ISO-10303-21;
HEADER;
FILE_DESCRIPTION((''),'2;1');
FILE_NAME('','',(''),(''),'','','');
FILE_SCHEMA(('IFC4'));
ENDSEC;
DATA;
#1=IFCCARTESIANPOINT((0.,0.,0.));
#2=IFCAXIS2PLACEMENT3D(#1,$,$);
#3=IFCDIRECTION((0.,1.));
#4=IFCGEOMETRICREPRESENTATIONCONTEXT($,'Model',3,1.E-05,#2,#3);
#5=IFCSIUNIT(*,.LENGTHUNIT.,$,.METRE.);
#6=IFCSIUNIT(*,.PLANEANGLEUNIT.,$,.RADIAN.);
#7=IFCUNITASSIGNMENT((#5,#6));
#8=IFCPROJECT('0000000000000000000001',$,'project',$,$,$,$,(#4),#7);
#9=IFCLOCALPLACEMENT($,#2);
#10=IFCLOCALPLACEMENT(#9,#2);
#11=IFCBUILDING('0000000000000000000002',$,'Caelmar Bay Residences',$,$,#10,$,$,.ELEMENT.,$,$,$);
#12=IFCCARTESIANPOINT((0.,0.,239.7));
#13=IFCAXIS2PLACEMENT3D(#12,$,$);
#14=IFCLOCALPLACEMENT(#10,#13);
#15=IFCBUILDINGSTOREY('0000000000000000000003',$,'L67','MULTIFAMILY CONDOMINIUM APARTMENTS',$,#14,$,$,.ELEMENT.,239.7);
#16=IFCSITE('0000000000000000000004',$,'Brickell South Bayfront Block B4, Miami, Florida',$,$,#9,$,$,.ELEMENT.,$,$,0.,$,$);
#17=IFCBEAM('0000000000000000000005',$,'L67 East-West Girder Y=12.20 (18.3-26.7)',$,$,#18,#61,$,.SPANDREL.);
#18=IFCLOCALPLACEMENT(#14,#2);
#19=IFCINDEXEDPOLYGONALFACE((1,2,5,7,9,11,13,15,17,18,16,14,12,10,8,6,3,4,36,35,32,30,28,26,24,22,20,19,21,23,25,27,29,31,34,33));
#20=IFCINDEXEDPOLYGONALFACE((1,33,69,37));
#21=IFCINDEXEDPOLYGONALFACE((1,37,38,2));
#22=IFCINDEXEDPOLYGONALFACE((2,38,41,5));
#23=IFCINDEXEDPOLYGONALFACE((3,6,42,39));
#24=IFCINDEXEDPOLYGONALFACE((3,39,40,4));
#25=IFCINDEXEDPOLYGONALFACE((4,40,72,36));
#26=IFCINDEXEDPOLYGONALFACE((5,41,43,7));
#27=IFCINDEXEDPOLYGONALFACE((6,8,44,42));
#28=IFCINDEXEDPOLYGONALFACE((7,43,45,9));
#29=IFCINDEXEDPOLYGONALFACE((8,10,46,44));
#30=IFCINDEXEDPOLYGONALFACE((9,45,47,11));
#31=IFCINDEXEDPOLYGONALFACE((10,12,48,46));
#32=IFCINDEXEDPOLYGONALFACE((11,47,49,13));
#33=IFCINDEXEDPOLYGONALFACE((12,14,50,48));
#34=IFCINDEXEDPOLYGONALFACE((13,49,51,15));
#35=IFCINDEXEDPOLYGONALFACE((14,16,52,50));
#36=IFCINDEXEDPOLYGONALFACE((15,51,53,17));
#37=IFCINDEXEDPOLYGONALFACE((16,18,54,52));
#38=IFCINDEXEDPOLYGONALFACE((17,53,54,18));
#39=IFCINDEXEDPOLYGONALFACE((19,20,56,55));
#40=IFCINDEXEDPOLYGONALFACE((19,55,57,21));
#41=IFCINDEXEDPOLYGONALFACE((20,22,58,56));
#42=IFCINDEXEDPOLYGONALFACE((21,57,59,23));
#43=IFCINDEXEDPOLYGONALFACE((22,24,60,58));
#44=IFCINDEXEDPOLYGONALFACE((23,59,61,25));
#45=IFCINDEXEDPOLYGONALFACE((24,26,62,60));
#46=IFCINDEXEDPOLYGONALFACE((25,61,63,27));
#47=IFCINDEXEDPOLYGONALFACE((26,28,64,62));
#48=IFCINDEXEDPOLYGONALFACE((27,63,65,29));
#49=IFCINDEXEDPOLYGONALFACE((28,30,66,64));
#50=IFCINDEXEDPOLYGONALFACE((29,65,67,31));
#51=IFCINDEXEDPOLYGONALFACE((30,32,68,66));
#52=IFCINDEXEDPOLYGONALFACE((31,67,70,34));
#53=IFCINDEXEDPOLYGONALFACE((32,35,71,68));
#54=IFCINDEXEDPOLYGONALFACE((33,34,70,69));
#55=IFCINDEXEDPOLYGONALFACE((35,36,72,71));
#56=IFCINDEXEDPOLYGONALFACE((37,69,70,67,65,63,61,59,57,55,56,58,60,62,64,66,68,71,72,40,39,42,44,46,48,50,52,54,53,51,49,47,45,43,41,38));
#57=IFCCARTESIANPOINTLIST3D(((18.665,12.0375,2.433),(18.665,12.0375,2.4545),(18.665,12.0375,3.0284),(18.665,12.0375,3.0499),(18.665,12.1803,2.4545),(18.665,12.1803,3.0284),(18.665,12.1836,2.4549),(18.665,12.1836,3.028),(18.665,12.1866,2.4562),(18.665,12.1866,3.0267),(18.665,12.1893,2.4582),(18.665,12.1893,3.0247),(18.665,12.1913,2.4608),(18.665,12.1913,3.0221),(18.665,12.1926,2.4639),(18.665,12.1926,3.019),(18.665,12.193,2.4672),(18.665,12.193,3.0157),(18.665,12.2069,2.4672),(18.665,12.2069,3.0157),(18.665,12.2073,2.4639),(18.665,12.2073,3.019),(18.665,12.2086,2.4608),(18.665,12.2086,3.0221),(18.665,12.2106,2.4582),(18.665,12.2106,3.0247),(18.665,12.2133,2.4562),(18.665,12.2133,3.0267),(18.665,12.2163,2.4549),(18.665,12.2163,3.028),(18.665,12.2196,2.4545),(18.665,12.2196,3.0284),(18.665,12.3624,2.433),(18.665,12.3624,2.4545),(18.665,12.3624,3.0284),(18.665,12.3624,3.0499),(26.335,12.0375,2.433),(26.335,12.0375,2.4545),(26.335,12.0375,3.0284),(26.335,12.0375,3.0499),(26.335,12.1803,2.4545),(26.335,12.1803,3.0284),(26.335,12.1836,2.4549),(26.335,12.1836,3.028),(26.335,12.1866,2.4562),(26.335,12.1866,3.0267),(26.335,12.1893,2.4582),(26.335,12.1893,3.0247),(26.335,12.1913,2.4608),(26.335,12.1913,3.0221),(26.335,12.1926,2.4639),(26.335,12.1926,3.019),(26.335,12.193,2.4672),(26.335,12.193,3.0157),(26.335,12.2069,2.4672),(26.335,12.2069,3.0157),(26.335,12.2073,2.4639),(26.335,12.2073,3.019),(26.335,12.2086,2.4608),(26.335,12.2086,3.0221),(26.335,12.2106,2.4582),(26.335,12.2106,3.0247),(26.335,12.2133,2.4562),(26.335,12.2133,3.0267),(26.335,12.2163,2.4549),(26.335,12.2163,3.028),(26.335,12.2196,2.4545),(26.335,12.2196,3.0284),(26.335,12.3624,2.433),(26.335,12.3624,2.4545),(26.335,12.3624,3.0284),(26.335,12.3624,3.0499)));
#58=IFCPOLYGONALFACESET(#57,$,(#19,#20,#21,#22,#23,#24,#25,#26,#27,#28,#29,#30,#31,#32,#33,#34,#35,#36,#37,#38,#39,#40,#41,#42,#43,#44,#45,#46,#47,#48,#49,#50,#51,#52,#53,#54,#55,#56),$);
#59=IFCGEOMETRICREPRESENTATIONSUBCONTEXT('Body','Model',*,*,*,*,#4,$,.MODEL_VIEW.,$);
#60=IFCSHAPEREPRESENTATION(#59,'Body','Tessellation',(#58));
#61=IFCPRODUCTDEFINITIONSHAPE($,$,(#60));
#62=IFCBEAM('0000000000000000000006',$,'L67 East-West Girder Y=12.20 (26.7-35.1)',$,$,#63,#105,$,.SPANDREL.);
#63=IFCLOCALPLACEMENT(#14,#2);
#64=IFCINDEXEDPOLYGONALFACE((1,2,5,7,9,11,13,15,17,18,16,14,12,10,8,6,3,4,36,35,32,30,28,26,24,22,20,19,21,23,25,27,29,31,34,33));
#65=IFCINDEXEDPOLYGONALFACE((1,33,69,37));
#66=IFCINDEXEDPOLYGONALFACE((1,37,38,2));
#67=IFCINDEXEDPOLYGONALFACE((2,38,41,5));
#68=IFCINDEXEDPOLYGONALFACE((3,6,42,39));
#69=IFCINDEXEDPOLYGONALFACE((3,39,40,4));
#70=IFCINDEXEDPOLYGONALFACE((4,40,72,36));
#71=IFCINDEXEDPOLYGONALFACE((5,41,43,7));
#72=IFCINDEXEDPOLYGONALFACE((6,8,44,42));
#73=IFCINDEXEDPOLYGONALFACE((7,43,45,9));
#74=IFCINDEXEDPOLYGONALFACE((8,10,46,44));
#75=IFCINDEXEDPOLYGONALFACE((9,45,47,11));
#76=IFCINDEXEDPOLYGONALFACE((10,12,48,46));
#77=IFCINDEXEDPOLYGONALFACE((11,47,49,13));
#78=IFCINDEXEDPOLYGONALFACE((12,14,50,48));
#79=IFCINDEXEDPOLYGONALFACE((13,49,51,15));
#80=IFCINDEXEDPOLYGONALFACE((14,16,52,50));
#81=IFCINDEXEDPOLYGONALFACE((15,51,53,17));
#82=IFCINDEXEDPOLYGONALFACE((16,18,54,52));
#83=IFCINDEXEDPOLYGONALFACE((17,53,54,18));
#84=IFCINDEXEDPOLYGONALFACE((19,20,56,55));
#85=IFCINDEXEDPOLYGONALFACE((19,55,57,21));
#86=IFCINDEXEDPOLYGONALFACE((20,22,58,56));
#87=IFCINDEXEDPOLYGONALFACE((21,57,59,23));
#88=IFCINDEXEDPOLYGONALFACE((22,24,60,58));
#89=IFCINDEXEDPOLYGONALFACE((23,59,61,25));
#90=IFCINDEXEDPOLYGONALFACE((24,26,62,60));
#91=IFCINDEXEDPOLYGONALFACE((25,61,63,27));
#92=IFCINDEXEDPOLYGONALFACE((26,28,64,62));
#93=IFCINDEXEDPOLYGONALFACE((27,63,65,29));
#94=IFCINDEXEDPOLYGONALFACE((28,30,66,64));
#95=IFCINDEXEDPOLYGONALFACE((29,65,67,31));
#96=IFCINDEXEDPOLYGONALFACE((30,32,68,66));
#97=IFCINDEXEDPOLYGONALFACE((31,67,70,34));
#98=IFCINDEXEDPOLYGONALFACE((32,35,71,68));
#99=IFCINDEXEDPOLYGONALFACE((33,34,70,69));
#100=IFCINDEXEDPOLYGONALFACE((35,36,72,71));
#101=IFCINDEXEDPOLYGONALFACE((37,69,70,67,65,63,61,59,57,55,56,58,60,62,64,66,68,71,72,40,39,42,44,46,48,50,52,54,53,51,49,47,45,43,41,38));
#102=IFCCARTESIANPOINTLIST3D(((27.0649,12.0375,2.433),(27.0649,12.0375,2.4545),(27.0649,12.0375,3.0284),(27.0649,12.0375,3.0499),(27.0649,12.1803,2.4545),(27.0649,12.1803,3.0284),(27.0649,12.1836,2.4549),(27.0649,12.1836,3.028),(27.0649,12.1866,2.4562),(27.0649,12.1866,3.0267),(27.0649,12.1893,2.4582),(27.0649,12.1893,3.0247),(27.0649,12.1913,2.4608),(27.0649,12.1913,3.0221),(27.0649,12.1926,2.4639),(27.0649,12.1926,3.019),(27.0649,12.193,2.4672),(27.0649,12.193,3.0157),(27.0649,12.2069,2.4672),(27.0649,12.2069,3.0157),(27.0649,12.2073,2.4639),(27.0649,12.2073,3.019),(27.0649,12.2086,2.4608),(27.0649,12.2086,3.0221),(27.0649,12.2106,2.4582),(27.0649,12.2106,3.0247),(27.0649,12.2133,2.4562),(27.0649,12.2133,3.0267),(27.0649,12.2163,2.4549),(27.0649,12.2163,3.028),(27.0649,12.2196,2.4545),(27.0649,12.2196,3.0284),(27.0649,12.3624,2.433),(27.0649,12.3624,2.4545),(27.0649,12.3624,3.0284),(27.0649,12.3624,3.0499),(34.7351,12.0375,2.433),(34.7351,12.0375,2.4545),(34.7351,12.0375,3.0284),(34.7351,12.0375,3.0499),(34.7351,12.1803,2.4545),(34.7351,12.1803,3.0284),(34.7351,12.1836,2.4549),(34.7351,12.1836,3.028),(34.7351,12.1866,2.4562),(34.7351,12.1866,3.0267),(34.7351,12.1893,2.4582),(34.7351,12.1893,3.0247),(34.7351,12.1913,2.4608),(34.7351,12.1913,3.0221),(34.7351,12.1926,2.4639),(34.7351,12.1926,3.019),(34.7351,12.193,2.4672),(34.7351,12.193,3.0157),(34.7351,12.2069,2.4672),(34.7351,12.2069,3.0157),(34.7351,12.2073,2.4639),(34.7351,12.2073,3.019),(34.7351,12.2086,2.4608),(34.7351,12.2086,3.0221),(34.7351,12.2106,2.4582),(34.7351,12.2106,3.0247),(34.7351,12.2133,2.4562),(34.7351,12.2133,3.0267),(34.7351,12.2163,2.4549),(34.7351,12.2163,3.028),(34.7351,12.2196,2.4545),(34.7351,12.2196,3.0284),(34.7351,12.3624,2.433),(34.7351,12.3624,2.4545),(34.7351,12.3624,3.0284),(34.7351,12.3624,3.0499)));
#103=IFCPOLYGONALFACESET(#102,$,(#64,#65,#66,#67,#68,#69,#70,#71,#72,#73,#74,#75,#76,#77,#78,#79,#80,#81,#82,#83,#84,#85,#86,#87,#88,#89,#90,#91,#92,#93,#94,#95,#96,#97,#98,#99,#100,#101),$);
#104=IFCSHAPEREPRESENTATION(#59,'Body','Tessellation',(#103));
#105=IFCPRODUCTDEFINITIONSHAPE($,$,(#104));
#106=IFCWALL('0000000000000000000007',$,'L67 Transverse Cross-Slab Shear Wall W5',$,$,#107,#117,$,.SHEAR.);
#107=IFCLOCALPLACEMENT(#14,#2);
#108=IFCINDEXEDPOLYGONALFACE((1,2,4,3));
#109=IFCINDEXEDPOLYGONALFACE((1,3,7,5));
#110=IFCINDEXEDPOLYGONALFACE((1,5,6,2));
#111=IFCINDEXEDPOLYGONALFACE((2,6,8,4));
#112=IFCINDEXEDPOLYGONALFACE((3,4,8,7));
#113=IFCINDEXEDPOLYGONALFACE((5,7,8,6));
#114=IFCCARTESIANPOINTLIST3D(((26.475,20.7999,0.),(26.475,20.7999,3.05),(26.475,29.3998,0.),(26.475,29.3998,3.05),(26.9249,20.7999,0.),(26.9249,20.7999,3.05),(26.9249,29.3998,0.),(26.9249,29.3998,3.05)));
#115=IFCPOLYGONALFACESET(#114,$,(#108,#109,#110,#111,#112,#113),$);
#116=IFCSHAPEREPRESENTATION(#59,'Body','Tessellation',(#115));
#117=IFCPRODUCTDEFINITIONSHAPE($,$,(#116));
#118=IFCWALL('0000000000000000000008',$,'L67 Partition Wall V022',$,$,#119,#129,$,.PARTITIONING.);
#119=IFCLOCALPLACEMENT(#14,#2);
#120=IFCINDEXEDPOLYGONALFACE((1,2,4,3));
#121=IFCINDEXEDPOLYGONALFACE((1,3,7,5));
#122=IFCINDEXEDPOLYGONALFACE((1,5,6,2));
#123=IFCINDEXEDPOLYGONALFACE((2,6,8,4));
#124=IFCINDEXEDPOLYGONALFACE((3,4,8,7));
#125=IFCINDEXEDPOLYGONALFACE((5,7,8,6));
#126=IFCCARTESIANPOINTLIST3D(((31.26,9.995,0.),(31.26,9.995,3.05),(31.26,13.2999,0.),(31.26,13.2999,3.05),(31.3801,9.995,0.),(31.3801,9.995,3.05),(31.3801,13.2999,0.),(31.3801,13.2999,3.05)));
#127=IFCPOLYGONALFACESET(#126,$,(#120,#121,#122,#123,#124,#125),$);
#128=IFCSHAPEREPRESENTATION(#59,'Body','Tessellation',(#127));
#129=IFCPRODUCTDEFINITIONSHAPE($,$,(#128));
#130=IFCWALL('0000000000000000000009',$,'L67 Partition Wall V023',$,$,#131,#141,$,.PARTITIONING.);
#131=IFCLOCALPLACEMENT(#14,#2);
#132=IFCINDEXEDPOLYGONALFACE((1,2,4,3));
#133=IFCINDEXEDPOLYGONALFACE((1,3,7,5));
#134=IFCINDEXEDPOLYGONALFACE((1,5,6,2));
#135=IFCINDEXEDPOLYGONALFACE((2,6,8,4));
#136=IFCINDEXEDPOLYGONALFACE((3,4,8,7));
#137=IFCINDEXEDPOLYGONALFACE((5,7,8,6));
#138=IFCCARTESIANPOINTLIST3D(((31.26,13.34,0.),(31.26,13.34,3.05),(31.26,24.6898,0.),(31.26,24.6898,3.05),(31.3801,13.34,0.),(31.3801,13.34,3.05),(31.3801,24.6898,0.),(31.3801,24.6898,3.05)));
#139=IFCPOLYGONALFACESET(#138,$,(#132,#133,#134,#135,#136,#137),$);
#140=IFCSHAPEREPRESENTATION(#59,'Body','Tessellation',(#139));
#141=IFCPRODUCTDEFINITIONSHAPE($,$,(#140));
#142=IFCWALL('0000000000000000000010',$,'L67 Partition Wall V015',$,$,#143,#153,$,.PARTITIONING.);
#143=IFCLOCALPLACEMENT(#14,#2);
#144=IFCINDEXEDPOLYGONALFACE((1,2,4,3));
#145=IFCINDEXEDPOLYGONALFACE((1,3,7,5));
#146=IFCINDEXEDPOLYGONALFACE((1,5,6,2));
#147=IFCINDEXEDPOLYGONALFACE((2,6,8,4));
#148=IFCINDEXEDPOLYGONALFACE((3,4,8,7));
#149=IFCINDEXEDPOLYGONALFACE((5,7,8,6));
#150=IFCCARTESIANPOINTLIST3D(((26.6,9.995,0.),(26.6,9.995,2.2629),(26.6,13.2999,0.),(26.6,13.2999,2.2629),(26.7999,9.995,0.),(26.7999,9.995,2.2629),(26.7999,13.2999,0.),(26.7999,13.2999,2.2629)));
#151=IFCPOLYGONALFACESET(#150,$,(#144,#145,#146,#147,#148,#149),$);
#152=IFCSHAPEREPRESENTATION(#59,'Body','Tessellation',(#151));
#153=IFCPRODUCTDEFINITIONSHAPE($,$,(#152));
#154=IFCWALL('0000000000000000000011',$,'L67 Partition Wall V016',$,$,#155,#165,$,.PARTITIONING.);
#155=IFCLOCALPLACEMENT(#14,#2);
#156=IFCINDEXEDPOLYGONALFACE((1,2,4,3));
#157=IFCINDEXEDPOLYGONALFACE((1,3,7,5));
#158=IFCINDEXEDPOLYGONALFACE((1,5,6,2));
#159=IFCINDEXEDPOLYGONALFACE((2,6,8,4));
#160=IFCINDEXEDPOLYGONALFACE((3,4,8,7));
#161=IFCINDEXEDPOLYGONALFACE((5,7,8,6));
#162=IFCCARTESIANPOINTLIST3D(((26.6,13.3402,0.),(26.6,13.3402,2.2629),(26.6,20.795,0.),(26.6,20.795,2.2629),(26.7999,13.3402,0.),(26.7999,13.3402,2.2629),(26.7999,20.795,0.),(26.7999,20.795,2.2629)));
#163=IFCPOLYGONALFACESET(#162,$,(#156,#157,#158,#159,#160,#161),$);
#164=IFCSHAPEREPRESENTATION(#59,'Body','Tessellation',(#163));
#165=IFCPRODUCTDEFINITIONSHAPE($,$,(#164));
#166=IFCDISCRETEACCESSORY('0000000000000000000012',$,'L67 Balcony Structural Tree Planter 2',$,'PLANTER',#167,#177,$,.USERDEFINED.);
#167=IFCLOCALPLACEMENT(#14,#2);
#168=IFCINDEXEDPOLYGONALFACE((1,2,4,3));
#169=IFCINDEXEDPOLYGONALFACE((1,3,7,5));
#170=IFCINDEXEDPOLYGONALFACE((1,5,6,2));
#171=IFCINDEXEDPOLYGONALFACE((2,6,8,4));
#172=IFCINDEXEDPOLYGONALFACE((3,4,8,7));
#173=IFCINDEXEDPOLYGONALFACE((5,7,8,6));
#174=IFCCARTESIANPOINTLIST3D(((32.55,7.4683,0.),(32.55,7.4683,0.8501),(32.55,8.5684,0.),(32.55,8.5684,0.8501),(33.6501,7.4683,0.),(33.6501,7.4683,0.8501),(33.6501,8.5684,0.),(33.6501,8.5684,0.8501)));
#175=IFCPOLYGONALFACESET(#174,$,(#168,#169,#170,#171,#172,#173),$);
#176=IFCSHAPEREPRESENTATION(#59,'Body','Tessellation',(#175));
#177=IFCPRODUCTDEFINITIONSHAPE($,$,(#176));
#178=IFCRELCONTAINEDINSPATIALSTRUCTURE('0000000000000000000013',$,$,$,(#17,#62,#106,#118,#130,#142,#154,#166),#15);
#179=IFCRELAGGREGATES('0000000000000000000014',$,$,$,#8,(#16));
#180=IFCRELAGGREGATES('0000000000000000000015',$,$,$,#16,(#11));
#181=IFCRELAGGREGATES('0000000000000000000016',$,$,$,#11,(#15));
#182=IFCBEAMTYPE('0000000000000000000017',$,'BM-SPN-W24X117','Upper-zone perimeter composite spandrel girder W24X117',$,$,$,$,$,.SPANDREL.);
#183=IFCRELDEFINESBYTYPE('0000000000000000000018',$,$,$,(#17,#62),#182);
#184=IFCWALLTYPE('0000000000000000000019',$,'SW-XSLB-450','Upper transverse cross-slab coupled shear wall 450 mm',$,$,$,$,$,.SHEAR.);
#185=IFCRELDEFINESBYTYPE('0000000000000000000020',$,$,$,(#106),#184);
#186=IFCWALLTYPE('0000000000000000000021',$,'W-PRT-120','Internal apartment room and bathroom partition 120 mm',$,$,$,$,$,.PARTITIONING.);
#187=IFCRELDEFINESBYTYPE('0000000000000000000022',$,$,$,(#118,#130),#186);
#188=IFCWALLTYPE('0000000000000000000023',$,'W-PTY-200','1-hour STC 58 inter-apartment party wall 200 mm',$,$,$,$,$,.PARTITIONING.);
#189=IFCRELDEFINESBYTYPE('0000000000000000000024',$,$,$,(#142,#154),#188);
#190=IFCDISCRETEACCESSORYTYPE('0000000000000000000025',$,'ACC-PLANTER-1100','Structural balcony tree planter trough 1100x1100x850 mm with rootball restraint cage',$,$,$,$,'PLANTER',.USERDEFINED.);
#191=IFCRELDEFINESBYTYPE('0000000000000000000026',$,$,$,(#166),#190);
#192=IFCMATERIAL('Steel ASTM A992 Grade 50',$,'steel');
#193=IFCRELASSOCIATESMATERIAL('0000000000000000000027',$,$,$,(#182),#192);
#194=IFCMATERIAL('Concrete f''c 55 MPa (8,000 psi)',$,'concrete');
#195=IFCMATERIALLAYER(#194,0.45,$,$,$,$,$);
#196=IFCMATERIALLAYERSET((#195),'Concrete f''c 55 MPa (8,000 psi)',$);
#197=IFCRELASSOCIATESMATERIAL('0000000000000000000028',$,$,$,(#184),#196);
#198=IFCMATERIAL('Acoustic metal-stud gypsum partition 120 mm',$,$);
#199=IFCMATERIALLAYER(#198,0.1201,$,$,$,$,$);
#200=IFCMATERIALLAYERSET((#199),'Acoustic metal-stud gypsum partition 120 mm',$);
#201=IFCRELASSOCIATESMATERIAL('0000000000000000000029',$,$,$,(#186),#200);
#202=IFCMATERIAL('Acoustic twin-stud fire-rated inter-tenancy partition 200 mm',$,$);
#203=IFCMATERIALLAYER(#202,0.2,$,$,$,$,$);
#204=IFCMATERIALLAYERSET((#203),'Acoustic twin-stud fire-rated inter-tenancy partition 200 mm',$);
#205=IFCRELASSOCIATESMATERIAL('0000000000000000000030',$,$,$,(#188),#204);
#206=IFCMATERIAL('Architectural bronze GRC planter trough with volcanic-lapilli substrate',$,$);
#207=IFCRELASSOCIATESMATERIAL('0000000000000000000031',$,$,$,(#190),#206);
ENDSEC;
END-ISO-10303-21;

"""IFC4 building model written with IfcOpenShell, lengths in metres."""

from ifc_helpers import new_model, si_unit, direction, frame, frame_2d, origin, origin_2d, place, context, subcontext, project, spatial, rectangle, i_section, extrude, material, layer, layer_set, material_profile, profile_set, type_object, element, save


model = new_model("IFC4")

# Units and contexts
model_context = context("Model", 3, precision=1e-05, world=origin(), true_north=direction((0.0, 1.0)))
body_context = subcontext(model_context, "Body", "Model", "MODEL_VIEW")
ifc_project = project(units=[si_unit("LENGTHUNIT", "METRE"), si_unit("PLANEANGLEUNIT", "RADIAN")], contexts=[model_context])

# Site, building, storey
site_placement = place(None, origin())
site = spatial("IfcSite", under=ifc_project, at=site_placement, Name="Brickell South Bayfront Block B4, Miami, Florida", CompositionType="ELEMENT", RefElevation=0.0)
building_placement = place(site_placement, origin())
building = spatial("IfcBuilding", under=site, at=building_placement, Name="Caelmar Bay Residences", CompositionType="ELEMENT")
storey_placement = place(building_placement, frame((0.0, 0.0, 239.7)))
storey = spatial("IfcBuildingStorey", under=building, at=storey_placement, Name="L67", Description="MULTIFAMILY CONDOMINIUM APARTMENTS", CompositionType="ELEMENT", Elevation=239.7)

# Shared definitions
ifc_material_1 = material(Name="Concrete f'c 55 MPa (8,000 psi)", Category="concrete")

# Beams
ifc_material_2 = material(Name="Steel ASTM A992 Grade 50", Category="steel")
ifc_material_profile_1 = material_profile(ifc_material_2, i_section(OverallWidth=0.325, OverallDepth=0.6169, WebThickness=0.0139, FlangeThickness=0.0215, FilletRadius=0.0127, at=origin_2d()), Name="W24X117")
ifc_profile_set_1 = profile_set([ifc_material_profile_1], Name="Steel ASTM A992 Grade 50")
beam_type_1 = type_object("IfcBeamType", Name="BM-SPN-W24X117", Description="Upper-zone perimeter composite spandrel girder W24X117", PredefinedType="SPANDREL", material=ifc_profile_set_1)
beam_1_placement = place(storey_placement, frame((18.665, 12.2, 2.7415), z_axis=(1.0, 0.0, 0.0), x_axis=(0.0, 1.0, 0.0)))
element("IfcBeam", 1, at=beam_1_placement, inside=storey, type_object=beam_type_1, Name="L67 East-West Girder Y=12.20 (18.3-26.7)", PredefinedType="SPANDREL", context=body_context, shape_type="SweptSolid", body=[
    extrude(i_section(OverallWidth=0.325, OverallDepth=0.6169, WebThickness=0.0139, FlangeThickness=0.0215, FilletRadius=0.0127, at=origin_2d()), origin(), (0.0, 0.0, 1.0), 7.6699),
])
beam_2_placement = place(storey_placement, frame((27.0649, 12.2, 2.7415), z_axis=(1.0, 0.0, 0.0), x_axis=(0.0, 1.0, 0.0)))
element("IfcBeam", 2, at=beam_2_placement, inside=storey, type_object=beam_type_1, Name="L67 East-West Girder Y=12.20 (26.7-35.1)", PredefinedType="SPANDREL", context=body_context, shape_type="SweptSolid", body=[
    extrude(i_section(OverallWidth=0.325, OverallDepth=0.6169, WebThickness=0.0139, FlangeThickness=0.0215, FilletRadius=0.0127, at=origin_2d()), origin(), (0.0, 0.0, 1.0), 7.6702),
])

# Walls
ifc_layer_1 = layer(ifc_material_1, 0.45)
ifc_layer_set_1 = layer_set([ifc_layer_1], Name="Concrete f'c 55 MPa (8,000 psi)")
wall_type_1 = type_object("IfcWallType", Name="SW-XSLB-450", Description="Upper transverse cross-slab coupled shear wall 450 mm", PredefinedType="SHEAR", material=ifc_layer_set_1)
wall_1_placement = place(storey_placement, frame((26.7, 20.8, 0.0), z_axis=(0.0, 0.0, 1.0), x_axis=(0.0, 1.0, 0.0)))
element("IfcWall", 3, at=wall_1_placement, inside=storey, type_object=wall_type_1, Name="L67 Transverse Cross-Slab Shear Wall W5", PredefinedType="SHEAR", context=body_context, shape_type="SweptSolid", body=[
    extrude(rectangle(XDim=8.5999, YDim=0.45, at=frame_2d((4.2998, 0.0))), origin(), (0.0, 0.0, 1.0), 3.05),
])
ifc_material_3 = material(Name="Acoustic metal-stud gypsum partition 120 mm")
ifc_layer_2 = layer(ifc_material_3, 0.1201)
ifc_layer_set_2 = layer_set([ifc_layer_2], Name="Acoustic metal-stud gypsum partition 120 mm")
wall_type_2 = type_object("IfcWallType", Name="W-PRT-120", Description="Internal apartment room and bathroom partition 120 mm", PredefinedType="PARTITIONING", material=ifc_layer_set_2)
wall_2_placement = place(storey_placement, frame((31.3201, 9.9951, 0.0), z_axis=(0.0, 0.0, 1.0), x_axis=(0.0, 1.0, 0.0)))
element("IfcWall", 4, at=wall_2_placement, inside=storey, type_object=wall_type_2, Name="L67 Partition Wall V022", PredefinedType="PARTITIONING", context=body_context, shape_type="SweptSolid", body=[
    extrude(rectangle(XDim=3.3049, YDim=0.1201, at=frame_2d((1.6523, 0.0))), origin(), (0.0, 0.0, 1.0), 3.05),
])
wall_3_placement = place(storey_placement, frame((31.3201, 13.3401, 0.0), z_axis=(0.0, 0.0, 1.0), x_axis=(0.0, 1.0, 0.0)))
element("IfcWall", 5, at=wall_3_placement, inside=storey, type_object=wall_type_2, Name="L67 Partition Wall V023", PredefinedType="PARTITIONING", context=body_context, shape_type="SweptSolid", body=[
    extrude(rectangle(XDim=11.3499, YDim=0.1201, at=frame_2d((5.6748, 0.0))), origin(), (0.0, 0.0, 1.0), 3.05),
])

# Walls
ifc_material_4 = material(Name="Acoustic twin-stud fire-rated inter-tenancy partition 200 mm")
ifc_layer_3 = layer(ifc_material_4, 0.2)
ifc_layer_set_3 = layer_set([ifc_layer_3], Name="Acoustic twin-stud fire-rated inter-tenancy partition 200 mm")
wall_type_3 = type_object("IfcWallType", Name="W-PTY-200", Description="1-hour STC 58 inter-apartment party wall 200 mm", PredefinedType="PARTITIONING", material=ifc_layer_set_3)
wall_4_placement = place(storey_placement, frame((26.7, 9.9951, 0.0), z_axis=(0.0, 0.0, 1.0), x_axis=(0.0, 1.0, 0.0)))
element("IfcWall", 6, at=wall_4_placement, inside=storey, type_object=wall_type_3, Name="L67 Partition Wall V015", PredefinedType="PARTITIONING", context=body_context, shape_type="SweptSolid", body=[
    extrude(rectangle(XDim=3.3049, YDim=0.2, at=frame_2d((1.6523, 0.0))), origin(), (0.0, 0.0, 1.0), 2.2629),
])
wall_5_placement = place(storey_placement, frame((26.7, 13.3401, 0.0), z_axis=(0.0, 0.0, 1.0), x_axis=(0.0, 1.0, 0.0)))
element("IfcWall", 7, at=wall_5_placement, inside=storey, type_object=wall_type_3, Name="L67 Partition Wall V016", PredefinedType="PARTITIONING", context=body_context, shape_type="SweptSolid", body=[
    extrude(rectangle(XDim=7.4548, YDim=0.2, at=frame_2d((3.7275, 0.0))), origin(), (0.0, 0.0, 1.0), 2.2629),
])

# Discrete accessory
ifc_material_5 = material(Name="Architectural bronze GRC planter trough with volcanic-lapilli substrate")
discrete_accessory_type = type_object("IfcDiscreteAccessoryType", Name="ACC-PLANTER-1100", Description="Structural balcony tree planter trough 1100x1100x850 mm with rootball restraint cage", ElementType="PLANTER", PredefinedType="USERDEFINED", material=ifc_material_5)
discrete_accessory_placement = place(storey_placement, frame((33.1001, 8.0183, 0.0), z_axis=(0.0, 0.0, 1.0), x_axis=(1.0, 0.0, 0.0)))
element("IfcDiscreteAccessory", 8, at=discrete_accessory_placement, inside=storey, type_object=discrete_accessory_type, Name="L67 Balcony Structural Tree Planter 2", ObjectType="PLANTER", PredefinedType="USERDEFINED", context=body_context, shape_type="SweptSolid", body=[
    extrude(rectangle(XDim=1.1001, YDim=1.1001, at=origin_2d()), origin(), (0.0, 0.0, 1.0), 0.8501),
])

save(model, "model.ifc")
